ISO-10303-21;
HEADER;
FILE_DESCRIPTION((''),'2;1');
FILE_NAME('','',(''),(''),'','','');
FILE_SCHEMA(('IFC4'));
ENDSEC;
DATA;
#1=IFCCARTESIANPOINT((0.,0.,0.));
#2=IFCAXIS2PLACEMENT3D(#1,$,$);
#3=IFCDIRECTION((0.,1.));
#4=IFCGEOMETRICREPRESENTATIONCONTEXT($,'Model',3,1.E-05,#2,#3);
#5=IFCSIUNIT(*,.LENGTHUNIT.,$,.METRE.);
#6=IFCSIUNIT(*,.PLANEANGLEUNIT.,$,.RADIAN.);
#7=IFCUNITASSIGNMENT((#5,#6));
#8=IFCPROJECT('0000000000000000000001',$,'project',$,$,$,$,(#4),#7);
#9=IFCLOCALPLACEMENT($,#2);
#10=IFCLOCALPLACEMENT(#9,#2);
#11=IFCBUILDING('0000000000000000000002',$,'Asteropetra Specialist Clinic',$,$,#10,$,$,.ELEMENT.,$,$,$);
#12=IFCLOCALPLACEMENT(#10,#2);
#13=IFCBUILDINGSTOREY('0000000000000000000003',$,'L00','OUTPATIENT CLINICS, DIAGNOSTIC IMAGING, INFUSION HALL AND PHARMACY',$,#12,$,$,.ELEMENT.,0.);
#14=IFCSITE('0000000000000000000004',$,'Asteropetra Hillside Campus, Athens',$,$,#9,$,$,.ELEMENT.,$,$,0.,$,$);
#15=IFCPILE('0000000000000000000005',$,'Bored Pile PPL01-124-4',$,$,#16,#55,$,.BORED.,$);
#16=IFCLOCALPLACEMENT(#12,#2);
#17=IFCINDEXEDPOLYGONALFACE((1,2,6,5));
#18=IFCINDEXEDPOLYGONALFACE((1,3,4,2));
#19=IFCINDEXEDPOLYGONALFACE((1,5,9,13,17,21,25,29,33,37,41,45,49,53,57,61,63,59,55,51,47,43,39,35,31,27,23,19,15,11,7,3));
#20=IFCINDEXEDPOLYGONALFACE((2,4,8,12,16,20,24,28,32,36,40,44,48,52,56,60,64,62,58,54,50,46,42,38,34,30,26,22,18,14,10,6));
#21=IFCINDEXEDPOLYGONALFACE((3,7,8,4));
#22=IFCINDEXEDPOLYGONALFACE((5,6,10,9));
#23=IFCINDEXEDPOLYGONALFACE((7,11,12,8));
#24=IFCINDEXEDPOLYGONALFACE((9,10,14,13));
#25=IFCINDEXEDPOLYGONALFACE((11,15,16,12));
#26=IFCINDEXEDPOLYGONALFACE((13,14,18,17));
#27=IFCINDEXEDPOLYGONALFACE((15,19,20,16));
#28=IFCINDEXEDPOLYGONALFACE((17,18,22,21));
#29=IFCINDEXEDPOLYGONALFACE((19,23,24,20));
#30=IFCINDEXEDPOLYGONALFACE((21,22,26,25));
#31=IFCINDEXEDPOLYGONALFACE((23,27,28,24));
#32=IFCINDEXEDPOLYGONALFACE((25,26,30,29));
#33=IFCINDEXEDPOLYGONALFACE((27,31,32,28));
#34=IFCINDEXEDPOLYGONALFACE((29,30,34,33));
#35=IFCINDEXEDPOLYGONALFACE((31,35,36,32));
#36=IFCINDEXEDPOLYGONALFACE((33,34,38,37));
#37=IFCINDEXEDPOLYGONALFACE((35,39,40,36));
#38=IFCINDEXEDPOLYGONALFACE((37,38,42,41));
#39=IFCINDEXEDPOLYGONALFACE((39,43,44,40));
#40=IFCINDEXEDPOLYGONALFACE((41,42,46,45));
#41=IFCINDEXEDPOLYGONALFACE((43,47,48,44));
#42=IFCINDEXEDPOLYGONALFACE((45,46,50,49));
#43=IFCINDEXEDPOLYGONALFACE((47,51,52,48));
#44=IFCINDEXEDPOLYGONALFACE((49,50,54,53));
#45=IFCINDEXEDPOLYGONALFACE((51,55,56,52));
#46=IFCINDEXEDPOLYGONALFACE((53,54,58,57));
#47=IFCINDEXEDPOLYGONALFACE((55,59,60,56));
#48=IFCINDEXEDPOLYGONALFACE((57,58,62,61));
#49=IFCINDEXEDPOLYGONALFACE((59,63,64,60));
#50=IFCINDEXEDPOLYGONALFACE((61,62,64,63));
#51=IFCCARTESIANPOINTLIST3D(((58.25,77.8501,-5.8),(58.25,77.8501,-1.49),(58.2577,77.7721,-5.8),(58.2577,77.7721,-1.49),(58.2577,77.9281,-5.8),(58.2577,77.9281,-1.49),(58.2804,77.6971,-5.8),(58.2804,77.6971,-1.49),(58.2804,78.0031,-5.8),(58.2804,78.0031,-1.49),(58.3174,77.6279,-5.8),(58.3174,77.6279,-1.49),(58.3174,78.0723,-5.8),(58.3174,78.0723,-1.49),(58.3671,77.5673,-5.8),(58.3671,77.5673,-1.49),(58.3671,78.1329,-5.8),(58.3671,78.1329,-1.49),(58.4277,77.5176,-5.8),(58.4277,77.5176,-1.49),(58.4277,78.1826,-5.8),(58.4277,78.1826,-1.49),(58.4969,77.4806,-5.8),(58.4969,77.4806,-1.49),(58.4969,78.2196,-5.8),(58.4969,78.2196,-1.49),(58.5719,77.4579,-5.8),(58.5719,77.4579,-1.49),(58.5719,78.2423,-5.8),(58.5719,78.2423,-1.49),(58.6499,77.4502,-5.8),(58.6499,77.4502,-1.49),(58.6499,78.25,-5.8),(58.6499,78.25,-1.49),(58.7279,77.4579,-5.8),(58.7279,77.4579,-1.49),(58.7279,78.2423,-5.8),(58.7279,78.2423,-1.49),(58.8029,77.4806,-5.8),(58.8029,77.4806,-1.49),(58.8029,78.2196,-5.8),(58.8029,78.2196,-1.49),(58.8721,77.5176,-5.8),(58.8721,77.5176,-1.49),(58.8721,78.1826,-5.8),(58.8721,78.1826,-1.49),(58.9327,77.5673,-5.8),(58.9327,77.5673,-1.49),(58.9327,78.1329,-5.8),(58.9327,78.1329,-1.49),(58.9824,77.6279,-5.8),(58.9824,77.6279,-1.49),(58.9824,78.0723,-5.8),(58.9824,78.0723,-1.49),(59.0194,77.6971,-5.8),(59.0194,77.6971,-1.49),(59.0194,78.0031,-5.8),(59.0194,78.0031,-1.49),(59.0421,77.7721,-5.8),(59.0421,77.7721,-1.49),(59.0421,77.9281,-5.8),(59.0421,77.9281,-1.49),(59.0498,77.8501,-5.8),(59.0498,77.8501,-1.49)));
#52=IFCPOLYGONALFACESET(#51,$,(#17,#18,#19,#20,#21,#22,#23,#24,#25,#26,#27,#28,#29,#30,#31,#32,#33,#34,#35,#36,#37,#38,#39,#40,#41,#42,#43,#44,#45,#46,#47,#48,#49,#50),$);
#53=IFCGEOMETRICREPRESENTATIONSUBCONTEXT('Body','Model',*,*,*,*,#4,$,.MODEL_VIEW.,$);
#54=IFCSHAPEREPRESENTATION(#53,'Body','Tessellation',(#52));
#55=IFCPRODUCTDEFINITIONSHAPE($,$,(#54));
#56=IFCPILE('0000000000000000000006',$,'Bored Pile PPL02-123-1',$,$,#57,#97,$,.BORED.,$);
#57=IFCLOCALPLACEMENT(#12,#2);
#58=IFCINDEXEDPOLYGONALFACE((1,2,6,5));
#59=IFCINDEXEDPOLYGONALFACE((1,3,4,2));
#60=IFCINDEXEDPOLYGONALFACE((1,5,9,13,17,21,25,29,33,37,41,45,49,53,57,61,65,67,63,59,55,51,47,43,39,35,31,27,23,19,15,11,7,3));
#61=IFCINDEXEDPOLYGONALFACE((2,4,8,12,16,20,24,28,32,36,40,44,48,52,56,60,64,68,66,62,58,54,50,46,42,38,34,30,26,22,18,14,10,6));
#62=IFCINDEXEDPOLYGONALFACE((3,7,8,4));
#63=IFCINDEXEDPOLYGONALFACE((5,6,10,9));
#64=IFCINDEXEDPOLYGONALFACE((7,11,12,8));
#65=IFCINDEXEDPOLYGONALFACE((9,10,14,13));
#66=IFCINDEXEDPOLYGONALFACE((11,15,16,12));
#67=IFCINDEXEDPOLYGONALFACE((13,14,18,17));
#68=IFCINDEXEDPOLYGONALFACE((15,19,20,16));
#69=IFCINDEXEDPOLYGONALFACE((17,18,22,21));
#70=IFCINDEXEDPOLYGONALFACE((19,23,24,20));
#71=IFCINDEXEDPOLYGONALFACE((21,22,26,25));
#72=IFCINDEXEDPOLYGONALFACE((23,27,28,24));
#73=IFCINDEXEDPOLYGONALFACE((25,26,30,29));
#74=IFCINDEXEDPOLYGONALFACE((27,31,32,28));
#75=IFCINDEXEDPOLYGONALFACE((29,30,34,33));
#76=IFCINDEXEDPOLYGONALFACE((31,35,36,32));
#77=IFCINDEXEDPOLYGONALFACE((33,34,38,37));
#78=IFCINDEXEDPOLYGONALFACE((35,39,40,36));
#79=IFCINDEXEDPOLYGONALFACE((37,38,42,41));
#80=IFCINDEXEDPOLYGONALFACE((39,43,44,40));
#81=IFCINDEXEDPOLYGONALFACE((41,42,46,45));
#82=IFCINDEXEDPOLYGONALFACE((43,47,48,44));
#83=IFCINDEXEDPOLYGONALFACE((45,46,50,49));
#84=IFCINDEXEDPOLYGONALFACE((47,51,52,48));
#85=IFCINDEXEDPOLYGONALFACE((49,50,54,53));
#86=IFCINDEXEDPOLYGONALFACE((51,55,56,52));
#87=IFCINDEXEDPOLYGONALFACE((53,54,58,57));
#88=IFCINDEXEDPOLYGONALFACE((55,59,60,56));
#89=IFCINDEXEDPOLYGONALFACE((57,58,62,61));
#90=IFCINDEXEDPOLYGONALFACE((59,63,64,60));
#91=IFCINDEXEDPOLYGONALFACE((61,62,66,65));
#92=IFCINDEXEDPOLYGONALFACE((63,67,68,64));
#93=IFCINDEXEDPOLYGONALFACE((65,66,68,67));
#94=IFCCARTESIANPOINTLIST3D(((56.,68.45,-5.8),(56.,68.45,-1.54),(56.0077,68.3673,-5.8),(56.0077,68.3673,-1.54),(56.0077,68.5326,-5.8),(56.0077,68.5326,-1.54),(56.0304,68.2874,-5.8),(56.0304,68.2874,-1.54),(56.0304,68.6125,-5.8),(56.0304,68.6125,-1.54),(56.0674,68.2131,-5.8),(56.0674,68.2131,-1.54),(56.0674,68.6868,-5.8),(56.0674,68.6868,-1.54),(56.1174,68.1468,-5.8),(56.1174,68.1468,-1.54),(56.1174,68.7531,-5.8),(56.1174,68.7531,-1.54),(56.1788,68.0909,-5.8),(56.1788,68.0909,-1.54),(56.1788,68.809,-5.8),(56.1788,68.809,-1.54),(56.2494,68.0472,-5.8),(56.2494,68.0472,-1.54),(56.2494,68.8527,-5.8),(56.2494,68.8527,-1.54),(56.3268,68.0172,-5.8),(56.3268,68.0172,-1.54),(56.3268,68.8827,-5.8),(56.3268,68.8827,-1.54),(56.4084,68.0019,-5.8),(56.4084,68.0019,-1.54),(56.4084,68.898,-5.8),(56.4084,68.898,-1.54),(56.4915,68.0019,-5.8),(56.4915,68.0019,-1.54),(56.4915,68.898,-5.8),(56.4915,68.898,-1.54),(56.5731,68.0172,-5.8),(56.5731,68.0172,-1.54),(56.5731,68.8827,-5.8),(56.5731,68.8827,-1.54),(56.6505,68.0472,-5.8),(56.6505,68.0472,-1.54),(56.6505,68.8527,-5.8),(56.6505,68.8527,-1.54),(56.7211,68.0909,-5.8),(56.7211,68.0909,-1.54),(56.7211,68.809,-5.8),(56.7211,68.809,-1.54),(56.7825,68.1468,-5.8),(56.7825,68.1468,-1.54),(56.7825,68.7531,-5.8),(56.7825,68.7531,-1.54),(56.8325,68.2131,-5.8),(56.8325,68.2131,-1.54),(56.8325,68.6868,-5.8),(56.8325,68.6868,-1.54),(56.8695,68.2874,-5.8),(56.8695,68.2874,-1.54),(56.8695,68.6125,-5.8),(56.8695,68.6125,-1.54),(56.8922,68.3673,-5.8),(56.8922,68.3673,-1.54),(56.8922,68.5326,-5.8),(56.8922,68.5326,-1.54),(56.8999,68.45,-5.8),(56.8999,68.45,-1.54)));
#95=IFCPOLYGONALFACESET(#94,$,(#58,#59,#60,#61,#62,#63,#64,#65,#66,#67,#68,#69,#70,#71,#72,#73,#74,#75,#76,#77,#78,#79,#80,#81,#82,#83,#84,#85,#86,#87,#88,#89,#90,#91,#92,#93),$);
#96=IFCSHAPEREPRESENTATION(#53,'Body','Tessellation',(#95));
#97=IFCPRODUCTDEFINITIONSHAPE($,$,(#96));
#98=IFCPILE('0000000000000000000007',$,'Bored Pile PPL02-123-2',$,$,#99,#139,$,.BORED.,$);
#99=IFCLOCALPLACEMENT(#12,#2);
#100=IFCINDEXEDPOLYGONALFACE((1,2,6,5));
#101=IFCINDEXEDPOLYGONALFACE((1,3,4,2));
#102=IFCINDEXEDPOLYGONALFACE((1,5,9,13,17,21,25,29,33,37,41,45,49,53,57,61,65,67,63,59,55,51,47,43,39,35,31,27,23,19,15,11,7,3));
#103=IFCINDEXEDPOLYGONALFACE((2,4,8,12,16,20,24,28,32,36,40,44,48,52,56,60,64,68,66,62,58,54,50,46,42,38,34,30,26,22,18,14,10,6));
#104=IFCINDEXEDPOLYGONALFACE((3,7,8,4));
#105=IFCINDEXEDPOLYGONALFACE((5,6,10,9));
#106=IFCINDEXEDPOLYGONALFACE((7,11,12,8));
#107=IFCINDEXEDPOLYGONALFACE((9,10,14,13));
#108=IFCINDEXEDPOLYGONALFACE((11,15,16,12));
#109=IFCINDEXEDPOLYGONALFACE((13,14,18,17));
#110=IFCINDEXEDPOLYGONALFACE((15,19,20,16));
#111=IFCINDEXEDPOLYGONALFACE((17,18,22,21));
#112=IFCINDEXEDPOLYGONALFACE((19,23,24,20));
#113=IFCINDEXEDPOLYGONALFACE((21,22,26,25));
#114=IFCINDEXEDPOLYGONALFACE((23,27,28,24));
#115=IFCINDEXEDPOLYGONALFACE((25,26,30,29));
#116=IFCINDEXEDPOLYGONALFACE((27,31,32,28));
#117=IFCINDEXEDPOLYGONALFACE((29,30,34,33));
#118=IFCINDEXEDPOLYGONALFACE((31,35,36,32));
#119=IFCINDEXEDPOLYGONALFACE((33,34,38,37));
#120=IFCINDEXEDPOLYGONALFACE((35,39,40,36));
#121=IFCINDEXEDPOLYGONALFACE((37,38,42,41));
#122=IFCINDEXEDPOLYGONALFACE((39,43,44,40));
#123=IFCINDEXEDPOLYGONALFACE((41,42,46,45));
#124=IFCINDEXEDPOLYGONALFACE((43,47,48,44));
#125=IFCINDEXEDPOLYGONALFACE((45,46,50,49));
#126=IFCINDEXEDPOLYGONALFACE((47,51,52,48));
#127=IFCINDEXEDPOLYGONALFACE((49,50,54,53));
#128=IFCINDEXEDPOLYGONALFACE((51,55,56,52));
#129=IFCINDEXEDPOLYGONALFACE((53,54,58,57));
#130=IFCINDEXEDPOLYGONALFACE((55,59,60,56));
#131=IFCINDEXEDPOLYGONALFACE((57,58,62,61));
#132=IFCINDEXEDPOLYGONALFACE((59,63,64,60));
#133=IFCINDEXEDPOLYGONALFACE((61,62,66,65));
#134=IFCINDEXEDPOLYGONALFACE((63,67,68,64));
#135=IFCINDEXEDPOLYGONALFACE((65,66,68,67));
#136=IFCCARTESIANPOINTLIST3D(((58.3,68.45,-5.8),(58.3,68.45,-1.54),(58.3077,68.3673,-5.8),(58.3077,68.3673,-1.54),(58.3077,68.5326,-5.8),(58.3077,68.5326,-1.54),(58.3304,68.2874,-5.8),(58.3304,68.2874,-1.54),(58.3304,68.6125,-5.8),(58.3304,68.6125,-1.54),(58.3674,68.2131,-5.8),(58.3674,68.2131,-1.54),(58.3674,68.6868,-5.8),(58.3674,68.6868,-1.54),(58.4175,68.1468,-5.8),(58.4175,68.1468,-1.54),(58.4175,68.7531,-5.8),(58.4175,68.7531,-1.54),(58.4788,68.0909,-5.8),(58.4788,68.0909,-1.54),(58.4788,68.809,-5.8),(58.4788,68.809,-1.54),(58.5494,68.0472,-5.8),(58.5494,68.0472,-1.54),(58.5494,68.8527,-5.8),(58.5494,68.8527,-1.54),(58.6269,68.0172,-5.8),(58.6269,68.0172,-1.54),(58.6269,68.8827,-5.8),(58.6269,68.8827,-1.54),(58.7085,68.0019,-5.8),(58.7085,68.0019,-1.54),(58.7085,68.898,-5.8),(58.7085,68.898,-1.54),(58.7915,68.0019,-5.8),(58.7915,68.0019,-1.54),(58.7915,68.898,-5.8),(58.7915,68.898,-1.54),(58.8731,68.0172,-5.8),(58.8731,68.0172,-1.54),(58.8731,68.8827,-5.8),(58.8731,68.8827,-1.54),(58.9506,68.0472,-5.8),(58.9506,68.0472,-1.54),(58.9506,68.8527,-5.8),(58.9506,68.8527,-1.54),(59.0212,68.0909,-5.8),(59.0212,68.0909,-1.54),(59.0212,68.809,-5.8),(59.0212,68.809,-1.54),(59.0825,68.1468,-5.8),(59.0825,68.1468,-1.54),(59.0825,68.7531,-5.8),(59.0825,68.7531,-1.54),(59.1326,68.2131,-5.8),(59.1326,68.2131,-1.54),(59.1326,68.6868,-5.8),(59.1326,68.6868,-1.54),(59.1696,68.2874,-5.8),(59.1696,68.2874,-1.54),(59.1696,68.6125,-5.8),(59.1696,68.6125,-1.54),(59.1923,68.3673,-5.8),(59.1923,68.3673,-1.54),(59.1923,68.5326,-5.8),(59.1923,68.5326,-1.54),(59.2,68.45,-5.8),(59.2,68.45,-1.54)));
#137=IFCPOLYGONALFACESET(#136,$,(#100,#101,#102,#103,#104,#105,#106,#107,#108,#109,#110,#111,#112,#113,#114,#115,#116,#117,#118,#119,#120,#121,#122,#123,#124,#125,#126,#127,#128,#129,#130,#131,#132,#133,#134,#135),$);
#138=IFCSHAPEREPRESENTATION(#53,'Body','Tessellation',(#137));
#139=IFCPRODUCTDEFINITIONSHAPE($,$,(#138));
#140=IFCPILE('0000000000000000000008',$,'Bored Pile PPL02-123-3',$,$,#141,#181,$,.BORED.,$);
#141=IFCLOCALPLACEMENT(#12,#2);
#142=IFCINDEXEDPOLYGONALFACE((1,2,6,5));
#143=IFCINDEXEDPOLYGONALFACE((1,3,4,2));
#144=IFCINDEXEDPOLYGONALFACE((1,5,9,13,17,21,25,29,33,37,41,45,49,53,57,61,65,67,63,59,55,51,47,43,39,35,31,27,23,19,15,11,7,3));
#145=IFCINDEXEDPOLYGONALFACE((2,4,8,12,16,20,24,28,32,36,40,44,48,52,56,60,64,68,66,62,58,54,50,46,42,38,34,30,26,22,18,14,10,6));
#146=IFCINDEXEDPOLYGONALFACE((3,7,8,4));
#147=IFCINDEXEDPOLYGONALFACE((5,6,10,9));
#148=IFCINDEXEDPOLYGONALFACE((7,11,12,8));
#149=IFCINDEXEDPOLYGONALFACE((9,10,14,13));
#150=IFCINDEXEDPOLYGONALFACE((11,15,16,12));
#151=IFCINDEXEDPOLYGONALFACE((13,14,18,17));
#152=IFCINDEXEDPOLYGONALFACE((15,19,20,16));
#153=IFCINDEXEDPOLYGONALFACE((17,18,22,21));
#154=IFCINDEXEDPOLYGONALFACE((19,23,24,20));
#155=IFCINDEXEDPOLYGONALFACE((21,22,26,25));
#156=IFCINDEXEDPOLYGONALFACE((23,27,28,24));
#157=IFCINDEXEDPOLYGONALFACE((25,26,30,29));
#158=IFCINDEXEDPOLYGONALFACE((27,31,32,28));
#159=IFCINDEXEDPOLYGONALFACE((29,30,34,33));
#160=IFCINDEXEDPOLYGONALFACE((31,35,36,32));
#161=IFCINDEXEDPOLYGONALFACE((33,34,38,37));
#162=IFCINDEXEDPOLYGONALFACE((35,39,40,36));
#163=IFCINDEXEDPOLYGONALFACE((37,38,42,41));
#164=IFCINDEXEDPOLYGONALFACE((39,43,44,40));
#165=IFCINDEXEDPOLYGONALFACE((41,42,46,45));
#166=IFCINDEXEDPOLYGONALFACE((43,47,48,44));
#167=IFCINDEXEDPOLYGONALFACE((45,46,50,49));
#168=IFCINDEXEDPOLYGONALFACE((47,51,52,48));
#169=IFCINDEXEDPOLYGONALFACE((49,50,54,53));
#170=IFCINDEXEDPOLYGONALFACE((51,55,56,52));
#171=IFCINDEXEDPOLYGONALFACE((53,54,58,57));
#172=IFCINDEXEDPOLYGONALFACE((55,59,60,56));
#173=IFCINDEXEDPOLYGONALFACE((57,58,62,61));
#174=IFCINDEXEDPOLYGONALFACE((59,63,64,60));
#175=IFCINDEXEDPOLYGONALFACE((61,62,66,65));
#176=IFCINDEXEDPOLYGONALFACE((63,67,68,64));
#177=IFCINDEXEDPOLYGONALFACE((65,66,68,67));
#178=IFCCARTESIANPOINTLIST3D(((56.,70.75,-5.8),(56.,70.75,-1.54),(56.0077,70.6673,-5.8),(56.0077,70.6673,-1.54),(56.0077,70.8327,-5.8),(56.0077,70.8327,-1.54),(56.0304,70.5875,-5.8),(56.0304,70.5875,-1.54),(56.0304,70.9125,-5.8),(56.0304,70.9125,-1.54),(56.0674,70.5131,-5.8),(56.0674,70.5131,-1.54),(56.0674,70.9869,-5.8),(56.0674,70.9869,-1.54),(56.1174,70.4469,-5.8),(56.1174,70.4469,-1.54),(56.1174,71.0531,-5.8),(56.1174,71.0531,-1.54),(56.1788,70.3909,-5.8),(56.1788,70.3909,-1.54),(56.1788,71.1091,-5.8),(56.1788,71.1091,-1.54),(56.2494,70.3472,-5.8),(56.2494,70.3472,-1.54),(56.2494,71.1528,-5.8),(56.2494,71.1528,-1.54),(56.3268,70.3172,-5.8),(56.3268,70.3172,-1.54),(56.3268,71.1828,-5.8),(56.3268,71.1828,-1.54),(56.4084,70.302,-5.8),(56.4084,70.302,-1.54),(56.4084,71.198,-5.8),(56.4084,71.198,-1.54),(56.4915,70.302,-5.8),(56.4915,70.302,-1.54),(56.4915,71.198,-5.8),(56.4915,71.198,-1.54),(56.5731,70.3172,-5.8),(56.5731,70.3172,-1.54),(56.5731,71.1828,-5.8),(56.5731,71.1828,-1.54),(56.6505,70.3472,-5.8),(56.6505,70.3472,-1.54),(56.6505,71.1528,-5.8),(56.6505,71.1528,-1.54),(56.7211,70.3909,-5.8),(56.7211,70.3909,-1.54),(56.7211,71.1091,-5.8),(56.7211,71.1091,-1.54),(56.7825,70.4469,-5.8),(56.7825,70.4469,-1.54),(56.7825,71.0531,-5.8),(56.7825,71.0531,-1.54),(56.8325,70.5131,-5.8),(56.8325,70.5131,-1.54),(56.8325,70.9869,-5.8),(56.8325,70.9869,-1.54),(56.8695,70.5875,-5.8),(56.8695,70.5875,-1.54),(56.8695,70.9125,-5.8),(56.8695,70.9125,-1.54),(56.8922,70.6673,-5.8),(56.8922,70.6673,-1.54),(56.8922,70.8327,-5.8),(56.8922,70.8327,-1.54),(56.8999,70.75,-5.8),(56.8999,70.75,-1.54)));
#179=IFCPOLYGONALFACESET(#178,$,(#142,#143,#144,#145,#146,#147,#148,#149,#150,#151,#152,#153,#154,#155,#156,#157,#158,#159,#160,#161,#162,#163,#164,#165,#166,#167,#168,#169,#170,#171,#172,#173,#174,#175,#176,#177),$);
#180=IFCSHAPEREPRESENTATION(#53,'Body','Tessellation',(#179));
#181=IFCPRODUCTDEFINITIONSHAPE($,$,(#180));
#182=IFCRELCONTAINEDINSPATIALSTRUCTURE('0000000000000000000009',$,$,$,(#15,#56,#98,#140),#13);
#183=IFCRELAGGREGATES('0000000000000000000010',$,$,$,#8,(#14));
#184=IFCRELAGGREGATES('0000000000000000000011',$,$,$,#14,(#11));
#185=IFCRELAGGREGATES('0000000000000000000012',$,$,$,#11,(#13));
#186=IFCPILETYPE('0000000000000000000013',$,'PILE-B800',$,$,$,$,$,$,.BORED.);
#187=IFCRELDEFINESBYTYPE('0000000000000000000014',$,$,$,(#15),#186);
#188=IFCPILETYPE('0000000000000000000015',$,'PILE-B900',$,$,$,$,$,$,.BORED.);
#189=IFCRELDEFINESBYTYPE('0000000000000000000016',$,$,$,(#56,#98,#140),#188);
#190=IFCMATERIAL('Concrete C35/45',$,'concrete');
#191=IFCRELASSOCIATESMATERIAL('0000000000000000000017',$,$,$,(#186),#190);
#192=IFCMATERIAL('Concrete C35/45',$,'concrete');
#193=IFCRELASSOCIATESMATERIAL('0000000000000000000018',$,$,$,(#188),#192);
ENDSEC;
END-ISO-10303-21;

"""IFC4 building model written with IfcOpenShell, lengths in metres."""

from ifc_helpers import new_model, si_unit, direction, frame, origin, origin_2d, place, context, subcontext, project, spatial, circle, extrude, material, material_profile, profile_set, type_object, element, save


model = new_model("IFC4")

# Units and contexts
model_context = context("Model", 3, precision=1e-05, world=origin(), true_north=direction((0.0, 1.0)))
body_context = subcontext(model_context, "Body", "Model", "MODEL_VIEW")
ifc_project = project(units=[si_unit("LENGTHUNIT", "METRE"), si_unit("PLANEANGLEUNIT", "RADIAN")], contexts=[model_context])

# Site, building, storey
site_placement = place(None, origin())
site = spatial("IfcSite", under=ifc_project, at=site_placement, Name="Asteropetra Hillside Campus, Athens", CompositionType="ELEMENT", RefElevation=0.0)
building_placement = place(site_placement, origin())
building = spatial("IfcBuilding", under=site, at=building_placement, Name="Asteropetra Specialist Clinic", CompositionType="ELEMENT")
storey_placement = place(building_placement, origin())
storey = spatial("IfcBuildingStorey", under=building, at=storey_placement, Name="L00", Description="OUTPATIENT CLINICS, DIAGNOSTIC IMAGING, INFUSION HALL AND PHARMACY", CompositionType="ELEMENT", Elevation=0.0)

# Piles
ifc_material_1 = material(Name="Concrete C35/45", Category="concrete")
ifc_material_profile_1 = material_profile(ifc_material_1, circle(Radius=0.3999, at=origin_2d()), Name="PILE D800")
ifc_profile_set_1 = profile_set([ifc_material_profile_1], Name="Concrete C35/45")
pile_type_1 = type_object("IfcPileType", Name="PILE-B800", PredefinedType="BORED", material=ifc_profile_set_1)
for number, where, z_axis, x_axis, name in (
    (1, (58.6499, 77.8501, -1.49), (0.0, 0.0, -1.0), (1.0, 0.0, 0.0), "Bored Pile PPL01-124-4"),
):
    element("IfcPile", number, at=place(storey_placement, frame(where, z_axis=z_axis, x_axis=x_axis)), inside=storey, type_object=pile_type_1, Name=name, PredefinedType="BORED", context=body_context, shape_type="SweptSolid", body=[
        extrude(circle(Radius=0.3999, at=origin_2d()), origin(), (0.0, 0.0, 1.0), 4.3101),
    ])
ifc_material_2 = material(Name="Concrete C35/45", Category="concrete")
ifc_material_profile_2 = material_profile(ifc_material_2, circle(Radius=0.45, at=origin_2d()), Name="PILE D900")
ifc_profile_set_2 = profile_set([ifc_material_profile_2], Name="Concrete C35/45")
pile_type_2 = type_object("IfcPileType", Name="PILE-B900", PredefinedType="BORED", material=ifc_profile_set_2)
for number, where, z_axis, x_axis, name in (
    (2, (56.45, 68.45, -1.54), (0.0, 0.0, -1.0), (1.0, 0.0, 0.0), "Bored Pile PPL02-123-1"),
    (3, (58.75, 68.45, -1.54), (0.0, 0.0, -1.0), (1.0, 0.0, 0.0), "Bored Pile PPL02-123-2"),
    (4, (56.45, 70.75, -1.54), (0.0, 0.0, -1.0), (1.0, 0.0, 0.0), "Bored Pile PPL02-123-3"),
):
    element("IfcPile", number, at=place(storey_placement, frame(where, z_axis=z_axis, x_axis=x_axis)), inside=storey, type_object=pile_type_2, Name=name, PredefinedType="BORED", context=body_context, shape_type="SweptSolid", body=[
        extrude(circle(Radius=0.45, at=origin_2d()), origin(), (0.0, 0.0, 1.0), 4.26),
    ])

save(model, "model.ifc")
